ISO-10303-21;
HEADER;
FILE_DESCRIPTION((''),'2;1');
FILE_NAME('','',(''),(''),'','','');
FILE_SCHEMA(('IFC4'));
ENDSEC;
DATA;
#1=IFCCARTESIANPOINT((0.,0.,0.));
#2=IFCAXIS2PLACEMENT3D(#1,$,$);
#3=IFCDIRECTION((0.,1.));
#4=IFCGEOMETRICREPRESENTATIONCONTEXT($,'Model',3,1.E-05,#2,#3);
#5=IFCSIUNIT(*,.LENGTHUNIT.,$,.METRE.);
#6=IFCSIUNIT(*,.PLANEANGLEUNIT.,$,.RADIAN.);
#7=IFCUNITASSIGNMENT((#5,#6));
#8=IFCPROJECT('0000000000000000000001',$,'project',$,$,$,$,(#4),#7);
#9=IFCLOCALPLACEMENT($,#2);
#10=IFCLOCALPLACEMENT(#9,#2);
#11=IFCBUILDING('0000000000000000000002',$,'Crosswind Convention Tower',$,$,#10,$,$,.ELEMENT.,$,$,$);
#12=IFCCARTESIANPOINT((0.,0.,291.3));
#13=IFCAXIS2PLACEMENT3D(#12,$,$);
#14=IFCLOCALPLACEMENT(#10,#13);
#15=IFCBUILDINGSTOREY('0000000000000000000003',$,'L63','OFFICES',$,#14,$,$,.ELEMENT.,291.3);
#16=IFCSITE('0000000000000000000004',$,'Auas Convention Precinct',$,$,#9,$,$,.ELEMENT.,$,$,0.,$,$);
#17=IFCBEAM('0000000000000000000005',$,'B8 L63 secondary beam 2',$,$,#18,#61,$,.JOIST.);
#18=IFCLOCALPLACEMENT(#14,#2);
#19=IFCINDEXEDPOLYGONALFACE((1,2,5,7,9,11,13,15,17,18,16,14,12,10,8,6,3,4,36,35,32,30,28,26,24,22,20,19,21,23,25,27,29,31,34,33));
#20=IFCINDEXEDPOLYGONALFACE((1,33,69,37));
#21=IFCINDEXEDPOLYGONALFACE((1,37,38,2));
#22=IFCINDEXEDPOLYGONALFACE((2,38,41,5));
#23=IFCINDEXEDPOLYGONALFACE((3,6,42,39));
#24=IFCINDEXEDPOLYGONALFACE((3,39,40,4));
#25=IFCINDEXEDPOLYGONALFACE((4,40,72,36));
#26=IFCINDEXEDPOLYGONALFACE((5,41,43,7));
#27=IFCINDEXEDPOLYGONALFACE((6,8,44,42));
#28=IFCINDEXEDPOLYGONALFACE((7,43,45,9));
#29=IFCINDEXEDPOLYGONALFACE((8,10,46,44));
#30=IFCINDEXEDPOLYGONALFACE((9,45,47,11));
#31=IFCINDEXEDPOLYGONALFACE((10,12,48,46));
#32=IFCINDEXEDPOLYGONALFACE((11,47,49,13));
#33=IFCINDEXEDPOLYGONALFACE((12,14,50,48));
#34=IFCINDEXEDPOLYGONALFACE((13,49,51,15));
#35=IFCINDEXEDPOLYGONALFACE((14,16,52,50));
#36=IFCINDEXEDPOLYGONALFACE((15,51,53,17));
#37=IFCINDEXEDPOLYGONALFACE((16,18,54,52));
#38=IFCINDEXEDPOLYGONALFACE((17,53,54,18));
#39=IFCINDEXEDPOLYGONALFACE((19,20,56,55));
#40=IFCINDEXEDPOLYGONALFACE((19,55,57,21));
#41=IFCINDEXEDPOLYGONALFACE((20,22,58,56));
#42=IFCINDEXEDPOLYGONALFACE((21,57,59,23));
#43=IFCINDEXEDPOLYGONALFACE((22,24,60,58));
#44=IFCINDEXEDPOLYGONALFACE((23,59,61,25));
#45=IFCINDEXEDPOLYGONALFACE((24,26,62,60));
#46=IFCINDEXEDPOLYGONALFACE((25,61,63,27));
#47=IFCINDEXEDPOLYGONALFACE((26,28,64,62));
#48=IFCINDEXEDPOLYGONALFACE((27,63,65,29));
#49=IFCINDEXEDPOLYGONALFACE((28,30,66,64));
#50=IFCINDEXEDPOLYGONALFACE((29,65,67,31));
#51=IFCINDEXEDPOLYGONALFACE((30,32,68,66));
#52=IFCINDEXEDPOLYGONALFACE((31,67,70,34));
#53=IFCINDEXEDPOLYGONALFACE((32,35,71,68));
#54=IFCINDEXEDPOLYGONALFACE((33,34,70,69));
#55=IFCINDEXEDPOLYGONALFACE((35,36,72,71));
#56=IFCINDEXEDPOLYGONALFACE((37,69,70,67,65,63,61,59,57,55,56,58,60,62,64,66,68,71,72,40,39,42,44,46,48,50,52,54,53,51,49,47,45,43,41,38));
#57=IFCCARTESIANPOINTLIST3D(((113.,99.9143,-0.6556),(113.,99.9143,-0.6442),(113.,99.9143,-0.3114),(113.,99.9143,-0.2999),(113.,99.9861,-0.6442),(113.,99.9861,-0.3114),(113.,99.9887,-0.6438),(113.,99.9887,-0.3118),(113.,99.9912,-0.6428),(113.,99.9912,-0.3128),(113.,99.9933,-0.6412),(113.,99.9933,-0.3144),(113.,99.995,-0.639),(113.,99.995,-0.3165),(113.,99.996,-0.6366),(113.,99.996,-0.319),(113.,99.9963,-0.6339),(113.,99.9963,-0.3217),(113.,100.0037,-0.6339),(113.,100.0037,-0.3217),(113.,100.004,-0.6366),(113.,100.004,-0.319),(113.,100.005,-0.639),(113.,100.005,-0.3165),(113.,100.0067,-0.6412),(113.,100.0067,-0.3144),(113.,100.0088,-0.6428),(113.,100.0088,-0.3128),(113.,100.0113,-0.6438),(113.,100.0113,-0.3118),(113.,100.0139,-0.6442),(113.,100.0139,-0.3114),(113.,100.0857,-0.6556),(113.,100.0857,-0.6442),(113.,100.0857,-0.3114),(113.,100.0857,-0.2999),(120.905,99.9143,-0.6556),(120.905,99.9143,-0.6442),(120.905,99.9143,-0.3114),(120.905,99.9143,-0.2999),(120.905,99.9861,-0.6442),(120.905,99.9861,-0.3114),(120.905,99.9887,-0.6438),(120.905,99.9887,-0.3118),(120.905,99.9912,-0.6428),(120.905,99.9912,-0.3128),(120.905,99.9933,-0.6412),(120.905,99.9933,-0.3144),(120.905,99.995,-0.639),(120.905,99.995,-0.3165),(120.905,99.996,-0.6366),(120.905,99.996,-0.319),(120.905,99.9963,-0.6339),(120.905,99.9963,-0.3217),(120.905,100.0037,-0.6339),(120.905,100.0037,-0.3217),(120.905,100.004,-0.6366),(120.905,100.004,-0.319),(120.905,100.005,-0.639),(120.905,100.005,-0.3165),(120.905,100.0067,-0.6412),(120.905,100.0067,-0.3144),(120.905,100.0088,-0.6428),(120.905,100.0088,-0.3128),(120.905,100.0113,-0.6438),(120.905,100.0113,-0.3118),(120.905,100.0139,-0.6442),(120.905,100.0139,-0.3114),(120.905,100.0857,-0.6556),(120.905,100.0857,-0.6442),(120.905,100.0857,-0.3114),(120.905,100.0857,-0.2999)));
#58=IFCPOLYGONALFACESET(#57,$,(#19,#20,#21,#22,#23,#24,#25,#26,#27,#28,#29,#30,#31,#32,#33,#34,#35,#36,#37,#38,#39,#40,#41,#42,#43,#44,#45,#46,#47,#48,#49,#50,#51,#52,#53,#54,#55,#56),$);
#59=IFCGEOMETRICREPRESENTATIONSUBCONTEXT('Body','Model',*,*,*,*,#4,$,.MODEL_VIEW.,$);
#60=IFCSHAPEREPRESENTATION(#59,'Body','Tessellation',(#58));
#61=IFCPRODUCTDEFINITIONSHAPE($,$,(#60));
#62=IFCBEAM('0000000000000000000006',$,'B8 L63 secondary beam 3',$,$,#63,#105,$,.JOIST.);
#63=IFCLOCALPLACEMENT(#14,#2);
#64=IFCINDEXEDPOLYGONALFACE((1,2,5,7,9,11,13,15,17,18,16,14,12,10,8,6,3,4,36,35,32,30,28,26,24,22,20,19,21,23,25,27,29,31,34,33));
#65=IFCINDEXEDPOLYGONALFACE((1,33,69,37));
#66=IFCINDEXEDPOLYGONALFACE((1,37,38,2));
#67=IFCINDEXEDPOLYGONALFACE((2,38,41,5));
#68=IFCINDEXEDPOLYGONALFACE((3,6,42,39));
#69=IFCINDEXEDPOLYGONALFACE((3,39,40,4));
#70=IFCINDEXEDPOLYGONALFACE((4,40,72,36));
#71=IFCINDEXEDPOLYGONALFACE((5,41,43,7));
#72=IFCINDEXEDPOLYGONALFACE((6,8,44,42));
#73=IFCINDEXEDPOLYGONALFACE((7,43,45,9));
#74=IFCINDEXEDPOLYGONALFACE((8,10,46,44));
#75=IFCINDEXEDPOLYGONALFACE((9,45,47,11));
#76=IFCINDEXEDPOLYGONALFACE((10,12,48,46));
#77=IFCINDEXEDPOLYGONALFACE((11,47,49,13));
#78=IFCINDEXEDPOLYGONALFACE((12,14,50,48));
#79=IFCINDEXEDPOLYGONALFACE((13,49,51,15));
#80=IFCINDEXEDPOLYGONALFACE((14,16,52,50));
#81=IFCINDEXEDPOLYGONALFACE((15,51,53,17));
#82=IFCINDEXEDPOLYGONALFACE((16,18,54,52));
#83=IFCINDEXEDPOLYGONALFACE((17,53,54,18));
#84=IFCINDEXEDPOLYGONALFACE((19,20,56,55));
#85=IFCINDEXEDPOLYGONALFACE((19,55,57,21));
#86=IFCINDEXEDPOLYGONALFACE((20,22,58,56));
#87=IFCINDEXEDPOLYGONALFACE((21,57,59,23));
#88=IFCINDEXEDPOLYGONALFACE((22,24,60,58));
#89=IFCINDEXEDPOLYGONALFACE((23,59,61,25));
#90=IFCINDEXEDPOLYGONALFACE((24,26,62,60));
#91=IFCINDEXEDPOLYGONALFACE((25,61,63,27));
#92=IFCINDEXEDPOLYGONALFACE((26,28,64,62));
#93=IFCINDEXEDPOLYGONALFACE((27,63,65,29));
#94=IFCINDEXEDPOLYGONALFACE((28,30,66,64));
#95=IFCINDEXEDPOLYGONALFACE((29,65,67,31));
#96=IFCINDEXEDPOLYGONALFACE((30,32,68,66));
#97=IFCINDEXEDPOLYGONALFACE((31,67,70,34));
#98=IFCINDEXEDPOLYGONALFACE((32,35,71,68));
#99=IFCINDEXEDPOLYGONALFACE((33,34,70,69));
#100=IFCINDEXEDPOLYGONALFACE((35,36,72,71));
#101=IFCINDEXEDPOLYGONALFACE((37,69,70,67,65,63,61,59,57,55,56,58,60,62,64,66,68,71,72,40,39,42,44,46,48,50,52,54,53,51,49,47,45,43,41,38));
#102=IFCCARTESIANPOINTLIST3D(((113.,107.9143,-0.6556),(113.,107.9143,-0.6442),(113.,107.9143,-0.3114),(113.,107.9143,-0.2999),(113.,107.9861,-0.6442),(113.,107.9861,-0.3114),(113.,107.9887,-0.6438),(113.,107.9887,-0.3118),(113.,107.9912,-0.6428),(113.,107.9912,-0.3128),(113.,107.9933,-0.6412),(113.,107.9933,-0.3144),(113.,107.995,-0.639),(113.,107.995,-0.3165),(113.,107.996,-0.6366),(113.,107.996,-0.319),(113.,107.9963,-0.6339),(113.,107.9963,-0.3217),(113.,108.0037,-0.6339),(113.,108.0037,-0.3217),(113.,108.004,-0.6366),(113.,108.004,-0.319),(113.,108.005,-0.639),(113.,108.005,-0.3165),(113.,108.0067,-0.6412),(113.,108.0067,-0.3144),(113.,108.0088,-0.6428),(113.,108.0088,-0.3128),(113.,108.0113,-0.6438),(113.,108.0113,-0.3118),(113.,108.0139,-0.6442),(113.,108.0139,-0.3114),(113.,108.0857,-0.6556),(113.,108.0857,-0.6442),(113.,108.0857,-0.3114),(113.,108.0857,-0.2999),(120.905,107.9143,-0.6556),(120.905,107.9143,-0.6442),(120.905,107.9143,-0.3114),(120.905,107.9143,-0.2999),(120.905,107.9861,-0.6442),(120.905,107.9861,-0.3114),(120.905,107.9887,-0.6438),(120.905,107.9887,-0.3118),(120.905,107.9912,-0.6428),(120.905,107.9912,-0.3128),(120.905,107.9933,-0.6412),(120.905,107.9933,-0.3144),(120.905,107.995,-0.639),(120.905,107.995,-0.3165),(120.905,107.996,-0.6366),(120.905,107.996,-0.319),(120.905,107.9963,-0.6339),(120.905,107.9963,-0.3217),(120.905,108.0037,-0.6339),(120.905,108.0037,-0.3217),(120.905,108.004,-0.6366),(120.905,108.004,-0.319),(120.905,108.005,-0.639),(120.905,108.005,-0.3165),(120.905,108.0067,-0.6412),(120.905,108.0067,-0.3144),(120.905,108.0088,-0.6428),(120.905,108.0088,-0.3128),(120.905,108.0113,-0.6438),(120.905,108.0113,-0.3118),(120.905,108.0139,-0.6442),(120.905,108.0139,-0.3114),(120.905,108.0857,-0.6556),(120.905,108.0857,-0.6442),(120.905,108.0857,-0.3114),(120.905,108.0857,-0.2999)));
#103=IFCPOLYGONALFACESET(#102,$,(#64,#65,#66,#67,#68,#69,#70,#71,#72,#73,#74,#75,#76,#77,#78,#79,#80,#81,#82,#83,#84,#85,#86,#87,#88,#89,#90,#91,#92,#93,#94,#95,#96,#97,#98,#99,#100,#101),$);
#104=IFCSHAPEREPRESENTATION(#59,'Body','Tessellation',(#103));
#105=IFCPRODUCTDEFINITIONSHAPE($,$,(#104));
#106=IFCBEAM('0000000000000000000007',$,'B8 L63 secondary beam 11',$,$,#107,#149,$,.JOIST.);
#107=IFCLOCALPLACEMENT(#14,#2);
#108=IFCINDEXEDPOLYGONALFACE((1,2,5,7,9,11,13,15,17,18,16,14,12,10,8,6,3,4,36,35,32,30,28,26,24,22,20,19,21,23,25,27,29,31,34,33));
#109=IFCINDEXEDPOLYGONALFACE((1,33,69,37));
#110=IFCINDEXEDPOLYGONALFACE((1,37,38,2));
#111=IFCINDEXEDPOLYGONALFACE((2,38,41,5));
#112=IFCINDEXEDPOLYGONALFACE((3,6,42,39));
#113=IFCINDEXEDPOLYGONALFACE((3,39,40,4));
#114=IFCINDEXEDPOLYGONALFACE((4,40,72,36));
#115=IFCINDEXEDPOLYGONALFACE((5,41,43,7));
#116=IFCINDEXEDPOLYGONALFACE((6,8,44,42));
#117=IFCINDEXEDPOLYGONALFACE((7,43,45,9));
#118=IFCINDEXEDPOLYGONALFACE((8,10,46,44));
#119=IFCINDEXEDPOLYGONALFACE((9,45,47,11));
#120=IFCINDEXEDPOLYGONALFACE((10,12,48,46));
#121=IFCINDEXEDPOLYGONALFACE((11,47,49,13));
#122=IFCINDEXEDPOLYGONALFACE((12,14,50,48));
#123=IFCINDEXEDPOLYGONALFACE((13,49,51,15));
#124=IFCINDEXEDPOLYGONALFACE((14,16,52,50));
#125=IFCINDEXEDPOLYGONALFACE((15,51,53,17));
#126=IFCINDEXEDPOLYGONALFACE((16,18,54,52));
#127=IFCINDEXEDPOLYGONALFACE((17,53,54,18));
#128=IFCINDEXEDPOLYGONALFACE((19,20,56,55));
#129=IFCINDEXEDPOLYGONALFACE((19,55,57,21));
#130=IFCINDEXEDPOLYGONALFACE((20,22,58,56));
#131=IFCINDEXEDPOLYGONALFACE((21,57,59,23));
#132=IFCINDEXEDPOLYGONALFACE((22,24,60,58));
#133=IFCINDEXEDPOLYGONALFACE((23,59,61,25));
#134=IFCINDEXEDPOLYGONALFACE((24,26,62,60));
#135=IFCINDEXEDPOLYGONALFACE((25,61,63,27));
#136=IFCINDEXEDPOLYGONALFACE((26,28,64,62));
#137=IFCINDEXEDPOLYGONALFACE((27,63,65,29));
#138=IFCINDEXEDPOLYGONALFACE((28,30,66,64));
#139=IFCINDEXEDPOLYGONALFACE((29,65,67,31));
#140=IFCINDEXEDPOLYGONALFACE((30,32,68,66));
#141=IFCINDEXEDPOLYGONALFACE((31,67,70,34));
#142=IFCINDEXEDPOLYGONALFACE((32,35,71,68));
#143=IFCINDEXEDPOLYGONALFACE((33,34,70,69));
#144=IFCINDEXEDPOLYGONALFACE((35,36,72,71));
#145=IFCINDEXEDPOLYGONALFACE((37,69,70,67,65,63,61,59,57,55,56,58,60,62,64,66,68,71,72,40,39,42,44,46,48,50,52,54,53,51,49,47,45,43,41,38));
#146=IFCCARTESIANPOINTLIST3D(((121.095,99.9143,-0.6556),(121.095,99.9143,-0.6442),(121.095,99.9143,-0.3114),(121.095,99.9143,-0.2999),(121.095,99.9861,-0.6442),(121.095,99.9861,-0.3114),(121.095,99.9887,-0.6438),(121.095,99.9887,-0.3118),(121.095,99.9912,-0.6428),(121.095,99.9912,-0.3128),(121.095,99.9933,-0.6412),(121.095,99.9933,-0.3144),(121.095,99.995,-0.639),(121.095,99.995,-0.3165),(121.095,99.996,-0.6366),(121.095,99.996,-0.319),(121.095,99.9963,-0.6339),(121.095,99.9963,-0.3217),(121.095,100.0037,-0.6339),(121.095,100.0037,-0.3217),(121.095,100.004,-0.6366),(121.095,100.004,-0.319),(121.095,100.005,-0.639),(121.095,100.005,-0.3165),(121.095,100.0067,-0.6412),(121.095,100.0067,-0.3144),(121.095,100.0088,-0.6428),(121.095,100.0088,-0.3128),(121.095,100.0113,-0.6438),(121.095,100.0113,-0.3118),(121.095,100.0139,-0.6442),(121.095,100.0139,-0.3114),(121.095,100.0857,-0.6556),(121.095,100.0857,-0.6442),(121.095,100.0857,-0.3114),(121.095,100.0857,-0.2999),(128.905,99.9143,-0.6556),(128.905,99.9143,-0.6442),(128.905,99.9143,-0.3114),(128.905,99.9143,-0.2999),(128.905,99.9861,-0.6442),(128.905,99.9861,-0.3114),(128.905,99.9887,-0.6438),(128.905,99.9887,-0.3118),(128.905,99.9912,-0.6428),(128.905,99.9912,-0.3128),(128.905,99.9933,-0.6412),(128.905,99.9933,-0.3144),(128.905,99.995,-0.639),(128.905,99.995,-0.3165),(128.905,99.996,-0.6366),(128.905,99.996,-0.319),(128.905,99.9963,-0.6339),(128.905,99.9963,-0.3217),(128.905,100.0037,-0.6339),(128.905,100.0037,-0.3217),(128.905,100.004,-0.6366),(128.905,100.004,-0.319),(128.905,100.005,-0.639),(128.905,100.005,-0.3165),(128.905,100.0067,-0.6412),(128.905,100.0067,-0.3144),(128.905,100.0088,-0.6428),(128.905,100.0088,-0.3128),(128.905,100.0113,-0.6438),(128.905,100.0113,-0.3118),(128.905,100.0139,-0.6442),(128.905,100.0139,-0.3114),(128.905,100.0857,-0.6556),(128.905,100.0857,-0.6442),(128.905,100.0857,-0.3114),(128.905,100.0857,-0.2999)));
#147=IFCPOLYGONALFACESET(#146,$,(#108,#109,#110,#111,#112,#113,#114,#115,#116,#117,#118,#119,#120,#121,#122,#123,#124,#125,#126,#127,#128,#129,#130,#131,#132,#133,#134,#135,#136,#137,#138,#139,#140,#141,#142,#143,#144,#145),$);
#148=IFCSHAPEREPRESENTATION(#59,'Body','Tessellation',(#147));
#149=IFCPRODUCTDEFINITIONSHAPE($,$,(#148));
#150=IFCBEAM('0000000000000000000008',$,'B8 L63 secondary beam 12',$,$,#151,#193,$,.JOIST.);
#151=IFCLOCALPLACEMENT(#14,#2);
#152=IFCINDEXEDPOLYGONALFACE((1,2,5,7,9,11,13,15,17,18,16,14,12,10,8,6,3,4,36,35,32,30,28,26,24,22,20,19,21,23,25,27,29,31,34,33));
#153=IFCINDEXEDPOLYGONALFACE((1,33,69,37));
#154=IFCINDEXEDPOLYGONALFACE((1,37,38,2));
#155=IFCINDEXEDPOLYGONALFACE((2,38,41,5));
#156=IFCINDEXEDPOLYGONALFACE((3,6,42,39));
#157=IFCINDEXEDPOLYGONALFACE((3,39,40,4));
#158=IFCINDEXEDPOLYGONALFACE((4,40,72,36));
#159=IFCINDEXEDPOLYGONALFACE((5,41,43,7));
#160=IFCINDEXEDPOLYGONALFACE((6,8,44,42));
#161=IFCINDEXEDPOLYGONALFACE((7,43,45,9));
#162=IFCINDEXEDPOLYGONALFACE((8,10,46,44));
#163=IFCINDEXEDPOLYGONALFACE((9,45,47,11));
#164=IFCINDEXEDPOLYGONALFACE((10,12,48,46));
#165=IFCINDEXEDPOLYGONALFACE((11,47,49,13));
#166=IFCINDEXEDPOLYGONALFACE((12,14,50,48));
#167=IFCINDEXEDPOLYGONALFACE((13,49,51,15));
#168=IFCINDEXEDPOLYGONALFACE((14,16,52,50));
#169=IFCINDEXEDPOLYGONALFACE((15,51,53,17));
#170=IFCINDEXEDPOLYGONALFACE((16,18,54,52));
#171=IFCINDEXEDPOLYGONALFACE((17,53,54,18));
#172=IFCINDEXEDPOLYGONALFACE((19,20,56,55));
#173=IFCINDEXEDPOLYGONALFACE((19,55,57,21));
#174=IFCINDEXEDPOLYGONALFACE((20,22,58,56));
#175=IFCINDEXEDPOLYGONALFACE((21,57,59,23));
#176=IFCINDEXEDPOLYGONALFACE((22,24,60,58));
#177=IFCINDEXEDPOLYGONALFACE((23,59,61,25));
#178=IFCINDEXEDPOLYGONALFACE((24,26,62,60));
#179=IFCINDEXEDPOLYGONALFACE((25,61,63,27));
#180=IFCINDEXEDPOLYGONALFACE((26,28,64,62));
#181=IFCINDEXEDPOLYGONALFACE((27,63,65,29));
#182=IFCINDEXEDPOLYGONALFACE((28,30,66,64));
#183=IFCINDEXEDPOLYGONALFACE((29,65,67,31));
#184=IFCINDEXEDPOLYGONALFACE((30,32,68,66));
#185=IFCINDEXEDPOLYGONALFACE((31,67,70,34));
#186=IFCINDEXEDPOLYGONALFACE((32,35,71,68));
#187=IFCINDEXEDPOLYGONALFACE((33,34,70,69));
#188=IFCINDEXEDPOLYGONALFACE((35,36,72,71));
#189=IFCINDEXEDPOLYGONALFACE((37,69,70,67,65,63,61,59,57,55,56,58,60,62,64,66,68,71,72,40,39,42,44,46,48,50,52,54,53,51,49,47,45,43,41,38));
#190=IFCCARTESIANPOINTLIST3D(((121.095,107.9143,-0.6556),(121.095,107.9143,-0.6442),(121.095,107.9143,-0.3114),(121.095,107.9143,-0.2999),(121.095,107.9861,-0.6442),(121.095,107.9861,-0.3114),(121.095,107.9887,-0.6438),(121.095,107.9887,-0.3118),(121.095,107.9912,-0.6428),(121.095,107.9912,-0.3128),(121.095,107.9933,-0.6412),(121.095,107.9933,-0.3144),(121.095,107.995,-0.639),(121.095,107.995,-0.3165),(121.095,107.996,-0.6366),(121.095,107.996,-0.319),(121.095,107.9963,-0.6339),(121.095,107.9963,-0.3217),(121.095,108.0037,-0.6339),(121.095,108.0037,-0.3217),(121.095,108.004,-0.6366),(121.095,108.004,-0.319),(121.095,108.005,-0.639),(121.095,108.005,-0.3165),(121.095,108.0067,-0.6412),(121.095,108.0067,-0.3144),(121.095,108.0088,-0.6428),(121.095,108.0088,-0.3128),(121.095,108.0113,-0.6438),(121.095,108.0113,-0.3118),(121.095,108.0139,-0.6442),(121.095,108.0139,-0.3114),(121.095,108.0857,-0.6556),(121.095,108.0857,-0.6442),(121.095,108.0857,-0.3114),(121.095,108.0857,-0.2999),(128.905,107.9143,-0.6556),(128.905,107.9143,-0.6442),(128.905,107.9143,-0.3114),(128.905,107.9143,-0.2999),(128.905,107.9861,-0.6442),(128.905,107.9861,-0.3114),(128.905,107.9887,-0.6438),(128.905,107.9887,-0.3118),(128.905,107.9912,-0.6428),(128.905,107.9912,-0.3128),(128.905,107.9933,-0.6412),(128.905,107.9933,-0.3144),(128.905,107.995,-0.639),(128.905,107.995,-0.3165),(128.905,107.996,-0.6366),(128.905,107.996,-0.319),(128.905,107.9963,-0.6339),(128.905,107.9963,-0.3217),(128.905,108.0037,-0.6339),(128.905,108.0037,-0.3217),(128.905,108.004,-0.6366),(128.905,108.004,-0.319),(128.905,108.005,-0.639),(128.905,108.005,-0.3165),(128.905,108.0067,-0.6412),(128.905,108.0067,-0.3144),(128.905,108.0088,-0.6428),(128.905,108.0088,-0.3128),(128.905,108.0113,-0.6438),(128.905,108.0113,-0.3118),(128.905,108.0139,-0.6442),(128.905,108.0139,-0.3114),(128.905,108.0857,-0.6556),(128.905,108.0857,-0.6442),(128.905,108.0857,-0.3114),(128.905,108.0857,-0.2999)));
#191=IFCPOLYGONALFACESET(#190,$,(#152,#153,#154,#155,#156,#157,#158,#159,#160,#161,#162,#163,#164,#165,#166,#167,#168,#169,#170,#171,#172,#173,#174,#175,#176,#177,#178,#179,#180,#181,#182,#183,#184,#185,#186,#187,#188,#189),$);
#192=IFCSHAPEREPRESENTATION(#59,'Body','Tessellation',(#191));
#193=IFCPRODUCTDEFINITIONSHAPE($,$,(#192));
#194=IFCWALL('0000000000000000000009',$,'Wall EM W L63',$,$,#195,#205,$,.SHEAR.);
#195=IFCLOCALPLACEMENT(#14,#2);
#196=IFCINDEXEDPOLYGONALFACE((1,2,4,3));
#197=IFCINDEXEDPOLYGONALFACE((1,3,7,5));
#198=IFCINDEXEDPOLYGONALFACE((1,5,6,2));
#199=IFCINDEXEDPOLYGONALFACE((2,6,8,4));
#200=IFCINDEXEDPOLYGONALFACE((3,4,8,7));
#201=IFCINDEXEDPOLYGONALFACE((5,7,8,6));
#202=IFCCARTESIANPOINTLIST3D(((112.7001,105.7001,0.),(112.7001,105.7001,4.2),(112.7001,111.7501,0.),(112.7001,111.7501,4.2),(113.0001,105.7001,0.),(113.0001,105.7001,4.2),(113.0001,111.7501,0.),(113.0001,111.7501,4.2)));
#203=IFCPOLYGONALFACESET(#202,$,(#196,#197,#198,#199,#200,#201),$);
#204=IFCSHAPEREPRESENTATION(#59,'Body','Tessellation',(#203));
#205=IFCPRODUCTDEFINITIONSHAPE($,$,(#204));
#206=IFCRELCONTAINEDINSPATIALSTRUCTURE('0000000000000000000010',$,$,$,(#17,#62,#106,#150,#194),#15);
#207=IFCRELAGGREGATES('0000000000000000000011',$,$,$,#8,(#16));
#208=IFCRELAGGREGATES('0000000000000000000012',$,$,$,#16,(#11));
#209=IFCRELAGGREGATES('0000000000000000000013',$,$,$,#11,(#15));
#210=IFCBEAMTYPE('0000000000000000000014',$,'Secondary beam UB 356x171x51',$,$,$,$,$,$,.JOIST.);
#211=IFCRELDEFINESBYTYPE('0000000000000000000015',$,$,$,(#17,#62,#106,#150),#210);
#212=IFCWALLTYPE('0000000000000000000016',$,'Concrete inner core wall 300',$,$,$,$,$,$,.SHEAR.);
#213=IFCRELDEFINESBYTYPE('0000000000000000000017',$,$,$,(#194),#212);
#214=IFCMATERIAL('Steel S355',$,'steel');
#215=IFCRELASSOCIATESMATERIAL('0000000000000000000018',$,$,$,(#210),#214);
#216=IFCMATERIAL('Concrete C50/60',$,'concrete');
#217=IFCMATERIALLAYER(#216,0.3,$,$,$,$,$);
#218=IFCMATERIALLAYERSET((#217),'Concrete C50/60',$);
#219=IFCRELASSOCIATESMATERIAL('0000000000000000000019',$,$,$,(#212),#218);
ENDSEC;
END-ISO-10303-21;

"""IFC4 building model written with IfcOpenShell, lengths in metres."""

from ifc_helpers import new_model, si_unit, direction, frame, frame_2d, origin, origin_2d, place, context, subcontext, project, spatial, rectangle, i_section, extrude, material, layer, layer_set, material_profile, profile_set, type_object, element, save


model = new_model("IFC4")

# Units and contexts
model_context = context("Model", 3, precision=1e-05, world=origin(), true_north=direction((0.0, 1.0)))
body_context = subcontext(model_context, "Body", "Model", "MODEL_VIEW")
ifc_project = project(units=[si_unit("LENGTHUNIT", "METRE"), si_unit("PLANEANGLEUNIT", "RADIAN")], contexts=[model_context])

# Site, building, storey
site_placement = place(None, origin())
site = spatial("IfcSite", under=ifc_project, at=site_placement, Name="Auas Convention Precinct", CompositionType="ELEMENT", RefElevation=0.0)
building_placement = place(site_placement, origin())
building = spatial("IfcBuilding", under=site, at=building_placement, Name="Crosswind Convention Tower", CompositionType="ELEMENT")
storey_placement = place(building_placement, frame((0.0, 0.0, 291.3)))
storey = spatial("IfcBuildingStorey", under=building, at=storey_placement, Name="L63", Description="OFFICES", CompositionType="ELEMENT", Elevation=291.3)

# Beams
ifc_material_1 = material(Name="Steel S355", Category="steel")
ifc_material_profile_1 = material_profile(ifc_material_1, i_section(OverallWidth=0.1714, OverallDepth=0.3557, WebThickness=0.0073, FlangeThickness=0.0115, FilletRadius=0.0103, at=origin_2d()), Name="UB 356x171x51")
ifc_profile_set_1 = profile_set([ifc_material_profile_1], Name="Steel S355")
beam_type_1 = type_object("IfcBeamType", Name="Secondary beam UB 356x171x51", PredefinedType="JOIST", material=ifc_profile_set_1)
for number, where, z_axis, x_axis, name in (
    (1, (113.0, 100.0, -0.4778), (1.0, 0.0, 0.0), (0.0, 1.0, 0.0), "B8 L63 secondary beam 2"),
    (2, (113.0, 108.0, -0.4778), (1.0, 0.0, 0.0), (0.0, 1.0, 0.0), "B8 L63 secondary beam 3"),
):
    element("IfcBeam", number, at=place(storey_placement, frame(where, z_axis=z_axis, x_axis=x_axis)), inside=storey, type_object=beam_type_1, Name=name, PredefinedType="JOIST", context=body_context, shape_type="SweptSolid", body=[
        extrude(i_section(OverallWidth=0.1714, OverallDepth=0.3557, WebThickness=0.0073, FlangeThickness=0.0115, FilletRadius=0.0103, at=origin_2d()), origin(), (0.0, 0.0, 1.0), 7.905),
    ])
for number, where, z_axis, x_axis, name in (
    (3, (121.095, 100.0, -0.4778), (1.0, 0.0, 0.0), (0.0, 1.0, 0.0), "B8 L63 secondary beam 11"),
    (4, (121.095, 108.0, -0.4778), (1.0, 0.0, 0.0), (0.0, 1.0, 0.0), "B8 L63 secondary beam 12"),
):
    element("IfcBeam", number, at=place(storey_placement, frame(where, z_axis=z_axis, x_axis=x_axis)), inside=storey, type_object=beam_type_1, Name=name, PredefinedType="JOIST", context=body_context, shape_type="SweptSolid", body=[
        extrude(i_section(OverallWidth=0.1714, OverallDepth=0.3557, WebThickness=0.0073, FlangeThickness=0.0115, FilletRadius=0.0103, at=origin_2d()), origin(), (0.0, 0.0, 1.0), 7.8101),
    ])

# Shared definitions
ifc_material_2 = material(Name="Concrete C50/60", Category="concrete")
ifc_layer_1 = layer(ifc_material_2, 0.3)
ifc_layer_set_1 = layer_set([ifc_layer_1], Name="Concrete C50/60")
wall_type_1 = type_object("IfcWallType", Name="Concrete inner core wall 300", PredefinedType="SHEAR", material=ifc_layer_set_1)

# Wall
wall_1_placement = place(storey_placement, frame((112.8501, 111.75, 0.0), z_axis=(0.0, 0.0, 1.0), x_axis=(0.0, -1.0, 0.0)))
element("IfcWall", 5, at=wall_1_placement, inside=storey, type_object=wall_type_1, Name="Wall EM W L63", PredefinedType="SHEAR", context=body_context, shape_type="SweptSolid", body=[
    extrude(rectangle(XDim=6.05, YDim=0.3, at=frame_2d((3.0249, 0.0))), origin(), (0.0, 0.0, 1.0), 4.2),
])

save(model, "model.ifc")
